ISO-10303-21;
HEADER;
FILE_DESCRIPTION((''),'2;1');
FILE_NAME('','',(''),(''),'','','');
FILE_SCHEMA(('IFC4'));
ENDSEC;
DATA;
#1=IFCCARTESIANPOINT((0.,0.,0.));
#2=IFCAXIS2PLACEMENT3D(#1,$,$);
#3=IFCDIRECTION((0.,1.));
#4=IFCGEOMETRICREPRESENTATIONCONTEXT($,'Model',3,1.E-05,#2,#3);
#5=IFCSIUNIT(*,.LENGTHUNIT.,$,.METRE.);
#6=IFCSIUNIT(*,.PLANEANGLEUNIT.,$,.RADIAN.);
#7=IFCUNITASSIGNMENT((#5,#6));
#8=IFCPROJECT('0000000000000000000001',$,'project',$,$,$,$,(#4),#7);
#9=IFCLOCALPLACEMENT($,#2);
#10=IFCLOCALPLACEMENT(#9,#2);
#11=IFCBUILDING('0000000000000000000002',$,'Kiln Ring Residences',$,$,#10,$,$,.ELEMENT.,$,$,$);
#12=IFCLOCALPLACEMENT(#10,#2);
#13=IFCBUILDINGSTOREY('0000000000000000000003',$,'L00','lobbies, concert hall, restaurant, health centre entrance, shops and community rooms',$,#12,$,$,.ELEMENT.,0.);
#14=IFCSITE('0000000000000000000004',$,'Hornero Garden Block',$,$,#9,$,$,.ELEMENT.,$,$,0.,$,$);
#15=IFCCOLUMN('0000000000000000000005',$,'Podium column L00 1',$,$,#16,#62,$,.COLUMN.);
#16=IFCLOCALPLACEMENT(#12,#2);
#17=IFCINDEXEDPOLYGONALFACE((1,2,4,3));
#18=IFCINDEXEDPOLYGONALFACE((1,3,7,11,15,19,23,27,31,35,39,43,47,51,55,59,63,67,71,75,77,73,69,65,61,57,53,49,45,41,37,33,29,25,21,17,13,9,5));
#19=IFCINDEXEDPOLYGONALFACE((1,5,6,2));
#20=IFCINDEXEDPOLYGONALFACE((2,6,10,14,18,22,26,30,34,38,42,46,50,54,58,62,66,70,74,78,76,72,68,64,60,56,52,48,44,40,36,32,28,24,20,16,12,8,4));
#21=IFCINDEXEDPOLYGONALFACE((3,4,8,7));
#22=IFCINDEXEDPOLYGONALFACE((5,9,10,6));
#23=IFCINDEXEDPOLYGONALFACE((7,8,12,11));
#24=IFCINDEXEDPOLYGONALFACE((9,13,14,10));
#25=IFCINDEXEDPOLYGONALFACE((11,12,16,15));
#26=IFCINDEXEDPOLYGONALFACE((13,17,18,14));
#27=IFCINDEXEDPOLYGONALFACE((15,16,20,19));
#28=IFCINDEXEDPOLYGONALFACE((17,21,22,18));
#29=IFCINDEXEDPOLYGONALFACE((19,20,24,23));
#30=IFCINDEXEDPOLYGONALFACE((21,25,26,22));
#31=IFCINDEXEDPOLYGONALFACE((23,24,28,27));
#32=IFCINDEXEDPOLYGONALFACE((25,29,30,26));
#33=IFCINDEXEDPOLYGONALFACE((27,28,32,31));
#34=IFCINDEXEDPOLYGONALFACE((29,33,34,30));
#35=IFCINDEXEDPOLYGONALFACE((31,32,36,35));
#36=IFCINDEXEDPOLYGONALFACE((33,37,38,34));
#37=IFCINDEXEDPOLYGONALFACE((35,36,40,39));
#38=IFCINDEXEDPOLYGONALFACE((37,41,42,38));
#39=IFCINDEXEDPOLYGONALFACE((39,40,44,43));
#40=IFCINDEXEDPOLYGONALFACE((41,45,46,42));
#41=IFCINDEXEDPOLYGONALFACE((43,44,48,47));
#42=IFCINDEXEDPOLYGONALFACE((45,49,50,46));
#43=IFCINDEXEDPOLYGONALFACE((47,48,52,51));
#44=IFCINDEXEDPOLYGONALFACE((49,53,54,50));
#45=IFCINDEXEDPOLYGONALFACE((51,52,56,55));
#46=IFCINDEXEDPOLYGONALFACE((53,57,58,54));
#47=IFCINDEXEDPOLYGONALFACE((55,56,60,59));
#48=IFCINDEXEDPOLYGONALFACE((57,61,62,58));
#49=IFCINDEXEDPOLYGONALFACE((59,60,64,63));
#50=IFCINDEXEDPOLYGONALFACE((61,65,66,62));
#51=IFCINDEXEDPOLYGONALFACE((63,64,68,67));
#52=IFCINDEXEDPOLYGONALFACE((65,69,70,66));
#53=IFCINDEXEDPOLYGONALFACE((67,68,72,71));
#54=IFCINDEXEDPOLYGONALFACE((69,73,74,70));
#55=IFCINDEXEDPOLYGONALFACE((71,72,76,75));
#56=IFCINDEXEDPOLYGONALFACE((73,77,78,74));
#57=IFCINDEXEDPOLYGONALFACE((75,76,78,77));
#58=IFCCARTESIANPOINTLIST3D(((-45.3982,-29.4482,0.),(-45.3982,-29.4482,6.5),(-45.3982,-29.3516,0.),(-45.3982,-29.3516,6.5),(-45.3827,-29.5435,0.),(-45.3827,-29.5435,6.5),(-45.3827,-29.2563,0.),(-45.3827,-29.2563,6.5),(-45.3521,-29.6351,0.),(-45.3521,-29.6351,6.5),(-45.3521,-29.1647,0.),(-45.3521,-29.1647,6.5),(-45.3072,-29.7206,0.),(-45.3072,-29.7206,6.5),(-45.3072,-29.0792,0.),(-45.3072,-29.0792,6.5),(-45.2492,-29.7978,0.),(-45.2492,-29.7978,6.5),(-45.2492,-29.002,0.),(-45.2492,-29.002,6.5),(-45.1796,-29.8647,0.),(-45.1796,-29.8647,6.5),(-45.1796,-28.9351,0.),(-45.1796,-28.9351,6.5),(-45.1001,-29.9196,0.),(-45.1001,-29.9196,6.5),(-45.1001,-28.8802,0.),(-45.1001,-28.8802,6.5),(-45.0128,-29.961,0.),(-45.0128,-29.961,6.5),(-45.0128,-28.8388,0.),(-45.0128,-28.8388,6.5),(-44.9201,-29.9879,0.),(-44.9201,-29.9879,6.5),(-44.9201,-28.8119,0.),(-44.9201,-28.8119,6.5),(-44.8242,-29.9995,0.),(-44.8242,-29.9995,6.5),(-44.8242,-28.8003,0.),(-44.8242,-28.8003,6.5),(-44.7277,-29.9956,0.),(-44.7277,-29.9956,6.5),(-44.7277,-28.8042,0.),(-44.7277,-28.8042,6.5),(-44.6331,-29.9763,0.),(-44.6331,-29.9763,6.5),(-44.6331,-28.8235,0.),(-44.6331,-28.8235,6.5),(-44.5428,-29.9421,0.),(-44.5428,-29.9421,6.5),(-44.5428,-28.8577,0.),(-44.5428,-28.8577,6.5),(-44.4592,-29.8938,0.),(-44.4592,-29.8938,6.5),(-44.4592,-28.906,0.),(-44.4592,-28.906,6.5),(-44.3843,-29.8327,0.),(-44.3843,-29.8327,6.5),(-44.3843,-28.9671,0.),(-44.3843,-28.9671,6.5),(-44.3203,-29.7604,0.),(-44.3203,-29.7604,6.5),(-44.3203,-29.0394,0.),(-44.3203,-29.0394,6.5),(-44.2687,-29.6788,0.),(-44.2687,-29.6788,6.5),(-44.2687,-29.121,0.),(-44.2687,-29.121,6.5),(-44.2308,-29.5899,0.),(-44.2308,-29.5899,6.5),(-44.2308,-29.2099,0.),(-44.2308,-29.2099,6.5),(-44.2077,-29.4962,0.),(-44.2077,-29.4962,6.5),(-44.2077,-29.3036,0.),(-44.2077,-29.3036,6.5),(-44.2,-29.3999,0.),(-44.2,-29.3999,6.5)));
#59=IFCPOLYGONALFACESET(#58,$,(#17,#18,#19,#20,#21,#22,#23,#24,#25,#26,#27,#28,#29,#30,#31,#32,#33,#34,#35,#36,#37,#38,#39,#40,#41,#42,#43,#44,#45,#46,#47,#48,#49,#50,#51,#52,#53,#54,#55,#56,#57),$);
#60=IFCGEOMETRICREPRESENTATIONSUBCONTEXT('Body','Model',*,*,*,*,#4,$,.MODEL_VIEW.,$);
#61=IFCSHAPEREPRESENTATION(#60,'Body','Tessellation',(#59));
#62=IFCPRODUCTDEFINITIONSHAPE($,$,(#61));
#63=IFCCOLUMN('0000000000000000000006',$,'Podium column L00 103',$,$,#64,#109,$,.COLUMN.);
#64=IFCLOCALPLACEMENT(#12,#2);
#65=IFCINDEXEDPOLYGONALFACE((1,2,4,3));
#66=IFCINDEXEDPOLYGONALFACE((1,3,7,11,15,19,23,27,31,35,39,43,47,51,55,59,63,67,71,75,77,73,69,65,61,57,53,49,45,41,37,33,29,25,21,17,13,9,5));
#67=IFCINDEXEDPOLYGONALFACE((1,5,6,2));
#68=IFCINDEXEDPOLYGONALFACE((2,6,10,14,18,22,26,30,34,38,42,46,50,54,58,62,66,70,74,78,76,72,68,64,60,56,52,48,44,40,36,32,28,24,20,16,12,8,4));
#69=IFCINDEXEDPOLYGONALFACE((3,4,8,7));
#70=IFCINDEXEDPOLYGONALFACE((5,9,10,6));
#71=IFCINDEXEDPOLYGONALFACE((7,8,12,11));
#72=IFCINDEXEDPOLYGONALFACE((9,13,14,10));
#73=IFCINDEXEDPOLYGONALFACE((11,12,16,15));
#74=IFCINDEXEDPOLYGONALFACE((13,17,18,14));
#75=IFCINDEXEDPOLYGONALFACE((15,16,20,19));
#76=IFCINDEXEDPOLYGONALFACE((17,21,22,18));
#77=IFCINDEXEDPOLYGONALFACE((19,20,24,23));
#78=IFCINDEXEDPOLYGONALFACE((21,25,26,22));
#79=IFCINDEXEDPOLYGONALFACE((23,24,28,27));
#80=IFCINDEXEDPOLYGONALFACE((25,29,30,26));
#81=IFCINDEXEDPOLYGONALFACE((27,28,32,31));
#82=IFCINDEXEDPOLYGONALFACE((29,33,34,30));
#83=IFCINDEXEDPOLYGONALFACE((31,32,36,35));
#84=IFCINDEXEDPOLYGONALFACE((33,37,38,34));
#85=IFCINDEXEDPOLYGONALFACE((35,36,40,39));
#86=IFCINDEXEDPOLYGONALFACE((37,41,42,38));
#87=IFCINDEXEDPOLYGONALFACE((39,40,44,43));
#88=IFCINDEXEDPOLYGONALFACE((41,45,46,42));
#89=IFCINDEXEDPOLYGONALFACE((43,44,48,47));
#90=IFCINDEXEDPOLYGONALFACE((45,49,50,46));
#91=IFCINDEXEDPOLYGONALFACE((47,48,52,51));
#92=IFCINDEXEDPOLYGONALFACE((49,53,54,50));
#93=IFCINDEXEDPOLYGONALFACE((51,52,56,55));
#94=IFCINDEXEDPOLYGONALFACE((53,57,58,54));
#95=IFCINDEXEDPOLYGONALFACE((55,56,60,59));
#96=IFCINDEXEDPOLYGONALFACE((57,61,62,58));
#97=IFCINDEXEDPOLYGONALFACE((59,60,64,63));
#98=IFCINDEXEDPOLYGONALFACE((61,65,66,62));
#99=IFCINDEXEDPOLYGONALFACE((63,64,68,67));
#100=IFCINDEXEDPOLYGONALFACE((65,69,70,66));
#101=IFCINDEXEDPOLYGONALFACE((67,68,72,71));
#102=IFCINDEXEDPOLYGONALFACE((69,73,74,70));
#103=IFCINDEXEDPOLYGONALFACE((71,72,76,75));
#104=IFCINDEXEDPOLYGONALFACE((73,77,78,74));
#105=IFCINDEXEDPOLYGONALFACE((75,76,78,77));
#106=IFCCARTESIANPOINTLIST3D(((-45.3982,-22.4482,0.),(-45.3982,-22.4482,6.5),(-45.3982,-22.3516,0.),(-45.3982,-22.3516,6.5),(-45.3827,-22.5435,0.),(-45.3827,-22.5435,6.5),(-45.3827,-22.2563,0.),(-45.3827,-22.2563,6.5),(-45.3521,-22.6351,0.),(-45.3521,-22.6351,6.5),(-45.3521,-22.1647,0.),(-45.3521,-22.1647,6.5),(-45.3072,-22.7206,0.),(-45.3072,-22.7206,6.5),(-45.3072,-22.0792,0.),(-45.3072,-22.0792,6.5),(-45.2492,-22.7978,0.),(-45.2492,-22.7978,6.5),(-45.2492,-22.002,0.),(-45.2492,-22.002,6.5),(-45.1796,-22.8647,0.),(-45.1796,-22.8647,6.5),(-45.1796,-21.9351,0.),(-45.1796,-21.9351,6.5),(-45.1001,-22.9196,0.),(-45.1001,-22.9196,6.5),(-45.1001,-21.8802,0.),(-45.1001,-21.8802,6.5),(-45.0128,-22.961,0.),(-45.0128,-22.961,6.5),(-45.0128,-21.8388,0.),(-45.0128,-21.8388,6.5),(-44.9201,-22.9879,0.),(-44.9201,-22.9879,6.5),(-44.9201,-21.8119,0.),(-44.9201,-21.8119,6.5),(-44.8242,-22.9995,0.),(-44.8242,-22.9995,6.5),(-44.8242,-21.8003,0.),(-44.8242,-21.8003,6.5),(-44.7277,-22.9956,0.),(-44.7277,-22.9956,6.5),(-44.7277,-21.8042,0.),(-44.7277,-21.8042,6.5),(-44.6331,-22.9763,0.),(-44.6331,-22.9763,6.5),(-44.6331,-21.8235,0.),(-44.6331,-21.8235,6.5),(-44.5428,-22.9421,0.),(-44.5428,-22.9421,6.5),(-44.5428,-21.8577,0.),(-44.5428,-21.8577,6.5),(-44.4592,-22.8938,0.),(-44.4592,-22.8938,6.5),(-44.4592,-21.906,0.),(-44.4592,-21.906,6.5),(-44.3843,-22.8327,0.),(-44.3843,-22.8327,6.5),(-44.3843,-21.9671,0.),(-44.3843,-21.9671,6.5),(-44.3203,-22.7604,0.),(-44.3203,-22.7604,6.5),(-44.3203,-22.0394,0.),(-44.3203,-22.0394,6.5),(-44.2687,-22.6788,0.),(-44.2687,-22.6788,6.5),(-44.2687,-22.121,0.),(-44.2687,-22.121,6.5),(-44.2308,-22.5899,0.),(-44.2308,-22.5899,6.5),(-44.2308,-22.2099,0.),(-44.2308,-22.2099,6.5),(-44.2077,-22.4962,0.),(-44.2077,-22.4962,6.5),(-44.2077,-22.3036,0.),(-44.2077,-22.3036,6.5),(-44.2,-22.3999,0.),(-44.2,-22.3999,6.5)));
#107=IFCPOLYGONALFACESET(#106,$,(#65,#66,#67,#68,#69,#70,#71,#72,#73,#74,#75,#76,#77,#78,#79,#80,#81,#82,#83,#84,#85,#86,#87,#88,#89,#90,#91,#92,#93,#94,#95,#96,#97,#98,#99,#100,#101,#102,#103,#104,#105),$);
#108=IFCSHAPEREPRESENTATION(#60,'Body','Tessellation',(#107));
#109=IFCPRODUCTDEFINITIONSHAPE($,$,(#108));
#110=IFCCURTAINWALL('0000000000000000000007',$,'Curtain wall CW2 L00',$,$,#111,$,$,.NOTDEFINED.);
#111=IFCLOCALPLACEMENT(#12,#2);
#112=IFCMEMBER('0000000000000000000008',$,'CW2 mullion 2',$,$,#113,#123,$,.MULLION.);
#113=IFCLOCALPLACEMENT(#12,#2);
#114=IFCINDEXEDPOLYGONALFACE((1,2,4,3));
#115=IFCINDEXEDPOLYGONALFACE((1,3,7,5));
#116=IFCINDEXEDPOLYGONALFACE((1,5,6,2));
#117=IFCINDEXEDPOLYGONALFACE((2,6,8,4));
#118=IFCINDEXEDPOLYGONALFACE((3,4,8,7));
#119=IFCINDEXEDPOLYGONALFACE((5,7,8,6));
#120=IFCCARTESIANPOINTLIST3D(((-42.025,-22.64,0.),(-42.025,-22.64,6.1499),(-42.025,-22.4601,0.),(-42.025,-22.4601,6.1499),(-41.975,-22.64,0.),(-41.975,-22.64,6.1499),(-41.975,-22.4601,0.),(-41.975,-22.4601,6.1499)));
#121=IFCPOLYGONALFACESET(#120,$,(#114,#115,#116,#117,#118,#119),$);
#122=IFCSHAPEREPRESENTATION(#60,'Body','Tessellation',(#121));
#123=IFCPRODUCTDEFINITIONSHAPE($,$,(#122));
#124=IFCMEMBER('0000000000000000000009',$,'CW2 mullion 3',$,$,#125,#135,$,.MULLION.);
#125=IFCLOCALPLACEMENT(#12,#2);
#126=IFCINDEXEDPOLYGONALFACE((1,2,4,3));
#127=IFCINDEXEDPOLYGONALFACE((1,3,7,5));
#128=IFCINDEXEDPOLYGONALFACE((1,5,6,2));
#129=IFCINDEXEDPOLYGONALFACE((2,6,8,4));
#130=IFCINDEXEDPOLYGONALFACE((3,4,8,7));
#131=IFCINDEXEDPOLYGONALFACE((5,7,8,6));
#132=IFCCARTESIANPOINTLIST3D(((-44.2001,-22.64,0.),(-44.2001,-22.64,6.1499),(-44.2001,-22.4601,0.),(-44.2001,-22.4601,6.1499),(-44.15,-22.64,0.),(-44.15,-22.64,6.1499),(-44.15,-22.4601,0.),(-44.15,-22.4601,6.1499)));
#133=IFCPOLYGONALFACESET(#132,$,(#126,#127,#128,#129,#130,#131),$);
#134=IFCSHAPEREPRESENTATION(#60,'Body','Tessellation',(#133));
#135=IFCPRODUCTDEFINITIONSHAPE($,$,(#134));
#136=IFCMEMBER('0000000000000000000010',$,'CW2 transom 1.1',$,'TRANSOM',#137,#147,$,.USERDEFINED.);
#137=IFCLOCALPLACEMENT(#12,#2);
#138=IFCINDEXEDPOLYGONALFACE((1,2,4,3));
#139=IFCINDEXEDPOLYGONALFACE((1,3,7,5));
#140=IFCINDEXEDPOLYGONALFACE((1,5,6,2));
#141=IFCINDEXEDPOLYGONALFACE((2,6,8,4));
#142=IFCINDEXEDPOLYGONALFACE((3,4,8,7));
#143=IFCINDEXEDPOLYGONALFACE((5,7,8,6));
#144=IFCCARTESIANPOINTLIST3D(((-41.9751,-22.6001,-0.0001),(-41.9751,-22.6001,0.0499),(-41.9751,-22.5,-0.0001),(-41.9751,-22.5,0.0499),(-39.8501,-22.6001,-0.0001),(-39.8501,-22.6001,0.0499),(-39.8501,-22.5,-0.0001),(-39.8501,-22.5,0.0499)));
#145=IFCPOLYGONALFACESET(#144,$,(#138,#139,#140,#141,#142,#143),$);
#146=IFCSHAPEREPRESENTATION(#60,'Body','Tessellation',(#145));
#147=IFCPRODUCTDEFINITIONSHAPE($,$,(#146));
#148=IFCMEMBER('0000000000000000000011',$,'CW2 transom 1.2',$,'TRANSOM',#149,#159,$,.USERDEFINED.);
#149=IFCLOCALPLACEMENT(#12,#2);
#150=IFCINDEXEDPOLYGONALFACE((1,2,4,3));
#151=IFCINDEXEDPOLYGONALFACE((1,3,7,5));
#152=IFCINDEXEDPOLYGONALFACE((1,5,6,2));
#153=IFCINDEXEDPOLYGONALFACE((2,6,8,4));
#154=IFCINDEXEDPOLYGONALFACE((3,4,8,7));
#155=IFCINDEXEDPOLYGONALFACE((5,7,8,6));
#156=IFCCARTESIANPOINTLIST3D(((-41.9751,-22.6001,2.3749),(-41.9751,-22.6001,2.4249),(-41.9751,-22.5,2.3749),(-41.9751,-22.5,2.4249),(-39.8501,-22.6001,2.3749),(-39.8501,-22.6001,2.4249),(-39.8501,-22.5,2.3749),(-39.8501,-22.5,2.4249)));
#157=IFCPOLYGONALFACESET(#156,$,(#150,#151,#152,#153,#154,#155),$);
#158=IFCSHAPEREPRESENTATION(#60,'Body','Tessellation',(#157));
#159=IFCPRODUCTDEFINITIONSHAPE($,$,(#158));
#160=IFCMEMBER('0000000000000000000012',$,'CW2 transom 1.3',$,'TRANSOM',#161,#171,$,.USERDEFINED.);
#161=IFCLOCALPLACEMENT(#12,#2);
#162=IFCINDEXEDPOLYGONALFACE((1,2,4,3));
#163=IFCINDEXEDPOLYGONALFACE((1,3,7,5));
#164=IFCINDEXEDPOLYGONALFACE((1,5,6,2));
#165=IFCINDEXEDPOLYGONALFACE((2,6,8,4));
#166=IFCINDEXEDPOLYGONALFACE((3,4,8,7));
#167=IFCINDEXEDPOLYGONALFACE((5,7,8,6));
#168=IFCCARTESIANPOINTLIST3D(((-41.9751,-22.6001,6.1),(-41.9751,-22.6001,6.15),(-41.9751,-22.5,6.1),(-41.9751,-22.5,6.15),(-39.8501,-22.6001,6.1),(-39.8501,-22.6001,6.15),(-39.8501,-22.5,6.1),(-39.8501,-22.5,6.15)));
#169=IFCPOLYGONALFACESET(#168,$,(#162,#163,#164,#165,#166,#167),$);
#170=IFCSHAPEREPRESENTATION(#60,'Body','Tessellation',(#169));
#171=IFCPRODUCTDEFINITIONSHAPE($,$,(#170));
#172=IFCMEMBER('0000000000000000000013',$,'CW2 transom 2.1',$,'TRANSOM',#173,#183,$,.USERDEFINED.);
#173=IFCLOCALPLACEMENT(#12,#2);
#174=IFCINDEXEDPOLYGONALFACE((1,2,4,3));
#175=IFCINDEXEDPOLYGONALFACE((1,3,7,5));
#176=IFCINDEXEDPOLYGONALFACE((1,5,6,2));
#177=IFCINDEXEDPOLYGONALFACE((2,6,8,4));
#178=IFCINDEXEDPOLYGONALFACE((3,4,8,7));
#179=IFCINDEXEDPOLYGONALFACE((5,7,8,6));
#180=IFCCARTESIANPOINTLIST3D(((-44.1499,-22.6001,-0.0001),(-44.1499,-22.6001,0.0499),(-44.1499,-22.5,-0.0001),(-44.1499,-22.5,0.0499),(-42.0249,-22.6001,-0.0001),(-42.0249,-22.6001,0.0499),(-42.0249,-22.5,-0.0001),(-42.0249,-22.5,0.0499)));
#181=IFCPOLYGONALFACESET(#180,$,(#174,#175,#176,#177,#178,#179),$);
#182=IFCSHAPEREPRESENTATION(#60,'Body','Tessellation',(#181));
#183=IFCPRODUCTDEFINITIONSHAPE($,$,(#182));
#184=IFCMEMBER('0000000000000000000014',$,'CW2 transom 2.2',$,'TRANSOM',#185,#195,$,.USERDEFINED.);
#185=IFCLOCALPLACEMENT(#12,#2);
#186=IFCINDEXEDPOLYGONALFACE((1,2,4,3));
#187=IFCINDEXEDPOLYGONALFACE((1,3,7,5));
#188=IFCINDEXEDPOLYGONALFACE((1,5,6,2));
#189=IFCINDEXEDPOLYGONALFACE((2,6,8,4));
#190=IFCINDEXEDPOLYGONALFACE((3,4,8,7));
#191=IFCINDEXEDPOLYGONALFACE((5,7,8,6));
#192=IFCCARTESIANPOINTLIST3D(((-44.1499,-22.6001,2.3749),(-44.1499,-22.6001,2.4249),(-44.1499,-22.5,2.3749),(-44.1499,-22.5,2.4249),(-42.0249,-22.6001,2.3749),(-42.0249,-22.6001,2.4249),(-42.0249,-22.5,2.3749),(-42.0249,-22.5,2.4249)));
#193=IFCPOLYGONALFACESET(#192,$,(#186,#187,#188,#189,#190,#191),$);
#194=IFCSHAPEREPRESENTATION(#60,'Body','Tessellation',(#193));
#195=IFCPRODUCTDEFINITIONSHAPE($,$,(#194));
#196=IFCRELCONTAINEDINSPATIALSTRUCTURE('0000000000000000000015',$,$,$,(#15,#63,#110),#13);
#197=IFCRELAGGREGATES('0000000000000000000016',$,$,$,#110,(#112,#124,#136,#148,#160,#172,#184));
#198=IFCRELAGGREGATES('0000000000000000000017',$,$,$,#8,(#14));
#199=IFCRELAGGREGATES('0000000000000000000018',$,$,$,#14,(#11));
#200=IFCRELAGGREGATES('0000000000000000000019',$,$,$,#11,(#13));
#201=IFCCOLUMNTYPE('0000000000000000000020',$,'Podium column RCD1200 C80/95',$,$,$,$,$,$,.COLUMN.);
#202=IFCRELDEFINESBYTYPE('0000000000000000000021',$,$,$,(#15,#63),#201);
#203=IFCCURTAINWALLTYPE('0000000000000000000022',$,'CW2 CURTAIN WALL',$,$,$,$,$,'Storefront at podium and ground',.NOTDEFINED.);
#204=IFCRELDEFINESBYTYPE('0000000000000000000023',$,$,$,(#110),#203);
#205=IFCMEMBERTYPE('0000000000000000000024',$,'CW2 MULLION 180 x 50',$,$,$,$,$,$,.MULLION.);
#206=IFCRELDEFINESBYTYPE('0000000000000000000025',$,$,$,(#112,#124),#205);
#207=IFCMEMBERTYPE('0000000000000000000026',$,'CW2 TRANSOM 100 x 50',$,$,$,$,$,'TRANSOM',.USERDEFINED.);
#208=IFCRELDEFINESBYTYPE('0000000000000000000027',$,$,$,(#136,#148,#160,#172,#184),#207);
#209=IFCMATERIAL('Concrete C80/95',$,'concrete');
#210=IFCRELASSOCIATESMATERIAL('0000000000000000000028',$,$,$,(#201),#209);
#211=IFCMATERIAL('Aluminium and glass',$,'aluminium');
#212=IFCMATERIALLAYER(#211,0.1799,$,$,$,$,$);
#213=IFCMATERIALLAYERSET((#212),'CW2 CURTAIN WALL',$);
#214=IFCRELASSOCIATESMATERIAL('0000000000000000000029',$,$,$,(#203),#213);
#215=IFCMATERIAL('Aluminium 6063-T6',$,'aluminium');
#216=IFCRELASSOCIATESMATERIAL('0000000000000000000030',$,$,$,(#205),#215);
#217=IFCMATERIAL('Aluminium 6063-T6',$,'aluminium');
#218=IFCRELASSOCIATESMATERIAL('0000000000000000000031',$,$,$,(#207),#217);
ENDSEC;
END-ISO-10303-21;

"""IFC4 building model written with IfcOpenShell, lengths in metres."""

from ifc_helpers import new_model, si_unit, direction, frame, origin, origin_2d, place, context, subcontext, project, spatial, rectangle, circle, extrude, material, layer, layer_set, material_profile, profile_set, type_object, element, aggregate, save


model = new_model("IFC4")

# Units and contexts
model_context = context("Model", 3, precision=1e-05, world=origin(), true_north=direction((0.0, 1.0)))
body_context = subcontext(model_context, "Body", "Model", "MODEL_VIEW")
ifc_project = project(units=[si_unit("LENGTHUNIT", "METRE"), si_unit("PLANEANGLEUNIT", "RADIAN")], contexts=[model_context])

# Site, building, storey
site_placement = place(None, origin())
site = spatial("IfcSite", under=ifc_project, at=site_placement, Name="Hornero Garden Block", CompositionType="ELEMENT", RefElevation=0.0)
building_placement = place(site_placement, origin())
building = spatial("IfcBuilding", under=site, at=building_placement, Name="Kiln Ring Residences", CompositionType="ELEMENT")
storey_placement = place(building_placement, origin())
storey = spatial("IfcBuildingStorey", under=building, at=storey_placement, Name="L00", Description="lobbies, concert hall, restaurant, health centre entrance, shops and community rooms", CompositionType="ELEMENT", Elevation=0.0)

# Columns
ifc_material_1 = material(Name="Concrete C80/95", Category="concrete")
ifc_material_profile_1 = material_profile(ifc_material_1, circle(Radius=0.6001, at=origin_2d()), Name="RCD1200")
ifc_profile_set_1 = profile_set([ifc_material_profile_1], Name="Concrete C80/95")
column_type = type_object("IfcColumnType", Name="Podium column RCD1200 C80/95", PredefinedType="COLUMN", material=ifc_profile_set_1)
for number, where, z_axis, x_axis, name in (
    (1, (-44.8, -29.3999, 0.0), (0.0, 0.0, 1.0), (1.0, 0.0, 0.0), "Podium column L00 1"),
    (2, (-44.8, -22.3999, 0.0), (0.0, 0.0, 1.0), (1.0, 0.0, 0.0), "Podium column L00 103"),
):
    element("IfcColumn", number, at=place(storey_placement, frame(where, z_axis=z_axis, x_axis=x_axis)), inside=storey, type_object=column_type, Name=name, PredefinedType="COLUMN", context=body_context, shape_type="SweptSolid", body=[
        extrude(circle(Radius=0.6001, at=origin_2d()), origin(), (0.0, 0.0, 1.0), 6.5),
    ])

# Curtain wall, members
ifc_material_2 = material(Name="Aluminium and glass", Category="aluminium")
ifc_layer_1 = layer(ifc_material_2, 0.1799)
ifc_layer_set_1 = layer_set([ifc_layer_1], Name="CW2 CURTAIN WALL")
curtain_wall_type = type_object("IfcCurtainWallType", Name="CW2 CURTAIN WALL", ElementType="Storefront at podium and ground", PredefinedType="NOTDEFINED", material=ifc_layer_set_1)
placement = place(storey_placement, origin())
curtain_wall = element("IfcCurtainWall", 3, at=placement, inside=storey, type_object=curtain_wall_type, Name="Curtain wall CW2 L00", PredefinedType="NOTDEFINED")
ifc_material_3 = material(Name="Aluminium 6063-T6", Category="aluminium")
ifc_material_profile_2 = material_profile(ifc_material_3, rectangle(XDim=0.1799, YDim=0.05, at=origin_2d()), Name="AL 180x50")
ifc_profile_set_2 = profile_set([ifc_material_profile_2], Name="Aluminium 6063-T6")
member_type_1 = type_object("IfcMemberType", Name="CW2 MULLION 180 x 50", PredefinedType="MULLION", material=ifc_profile_set_2)
member_1_placement = place(storey_placement, frame((-42.0, -22.55, 0.0), z_axis=(0.0, 0.0, 1.0), x_axis=(0.0, -1.0, 0.0)))
member_1 = element("IfcMember", 4, at=member_1_placement, type_object=member_type_1, Name="CW2 mullion 2", PredefinedType="MULLION", context=body_context, shape_type="SweptSolid", body=[
    extrude(rectangle(XDim=0.1799, YDim=0.05, at=origin_2d()), origin(), (0.0, 0.0, 1.0), 6.1499),
])
member_2_placement = place(storey_placement, frame((-44.175, -22.55, 0.0), z_axis=(0.0, 0.0, 1.0), x_axis=(0.0, -1.0, 0.0)))
member_2 = element("IfcMember", 5, at=member_2_placement, type_object=member_type_1, Name="CW2 mullion 3", PredefinedType="MULLION", context=body_context, shape_type="SweptSolid", body=[
    extrude(rectangle(XDim=0.1799, YDim=0.05, at=origin_2d()), origin(), (0.0, 0.0, 1.0), 6.1499),
])
ifc_material_4 = material(Name="Aluminium 6063-T6", Category="aluminium")
ifc_material_profile_3 = material_profile(ifc_material_4, rectangle(XDim=0.1001, YDim=0.05, at=origin_2d()), Name="AL 100x50")
ifc_profile_set_3 = profile_set([ifc_material_profile_3], Name="Aluminium 6063-T6")
member_type_2 = type_object("IfcMemberType", Name="CW2 TRANSOM 100 x 50", ElementType="TRANSOM", PredefinedType="USERDEFINED", material=ifc_profile_set_3)
member_3_placement = place(storey_placement, frame((-39.8501, -22.55, 0.0249), z_axis=(-1.0, 0.0, 0.0), x_axis=(0.0, -1.0, 0.0)))
member_3 = element("IfcMember", 6, at=member_3_placement, type_object=member_type_2, Name="CW2 transom 1.1", ObjectType="TRANSOM", PredefinedType="USERDEFINED", context=body_context, shape_type="SweptSolid", body=[
    extrude(rectangle(XDim=0.1001, YDim=0.05, at=origin_2d()), origin(), (0.0, 0.0, 1.0), 2.125),
])
member_4_placement = place(storey_placement, frame((-39.8501, -22.55, 2.3999), z_axis=(-1.0, 0.0, 0.0), x_axis=(0.0, -1.0, 0.0)))
member_4 = element("IfcMember", 7, at=member_4_placement, type_object=member_type_2, Name="CW2 transom 1.2", ObjectType="TRANSOM", PredefinedType="USERDEFINED", context=body_context, shape_type="SweptSolid", body=[
    extrude(rectangle(XDim=0.1001, YDim=0.05, at=origin_2d()), origin(), (0.0, 0.0, 1.0), 2.125),
])
member_5_placement = place(storey_placement, frame((-39.8501, -22.55, 6.125), z_axis=(-1.0, 0.0, 0.0), x_axis=(0.0, -1.0, 0.0)))
member_5 = element("IfcMember", 8, at=member_5_placement, type_object=member_type_2, Name="CW2 transom 1.3", ObjectType="TRANSOM", PredefinedType="USERDEFINED", context=body_context, shape_type="SweptSolid", body=[
    extrude(rectangle(XDim=0.1001, YDim=0.05, at=origin_2d()), origin(), (0.0, 0.0, 1.0), 2.125),
])
member_6_placement = place(storey_placement, frame((-42.0249, -22.55, 0.0249), z_axis=(-1.0, 0.0, 0.0), x_axis=(0.0, -1.0, 0.0)))
member_6 = element("IfcMember", 9, at=member_6_placement, type_object=member_type_2, Name="CW2 transom 2.1", ObjectType="TRANSOM", PredefinedType="USERDEFINED", context=body_context, shape_type="SweptSolid", body=[
    extrude(rectangle(XDim=0.1001, YDim=0.05, at=origin_2d()), origin(), (0.0, 0.0, 1.0), 2.125),
])
member_7_placement = place(storey_placement, frame((-42.0249, -22.55, 2.3999), z_axis=(-1.0, 0.0, 0.0), x_axis=(0.0, -1.0, 0.0)))
member_7 = element("IfcMember", 10, at=member_7_placement, type_object=member_type_2, Name="CW2 transom 2.2", ObjectType="TRANSOM", PredefinedType="USERDEFINED", context=body_context, shape_type="SweptSolid", body=[
    extrude(rectangle(XDim=0.1001, YDim=0.05, at=origin_2d()), origin(), (0.0, 0.0, 1.0), 2.125),
])

aggregate(curtain_wall, [member_1, member_2, member_3, member_4, member_5, member_6, member_7])

save(model, "model.ifc")
